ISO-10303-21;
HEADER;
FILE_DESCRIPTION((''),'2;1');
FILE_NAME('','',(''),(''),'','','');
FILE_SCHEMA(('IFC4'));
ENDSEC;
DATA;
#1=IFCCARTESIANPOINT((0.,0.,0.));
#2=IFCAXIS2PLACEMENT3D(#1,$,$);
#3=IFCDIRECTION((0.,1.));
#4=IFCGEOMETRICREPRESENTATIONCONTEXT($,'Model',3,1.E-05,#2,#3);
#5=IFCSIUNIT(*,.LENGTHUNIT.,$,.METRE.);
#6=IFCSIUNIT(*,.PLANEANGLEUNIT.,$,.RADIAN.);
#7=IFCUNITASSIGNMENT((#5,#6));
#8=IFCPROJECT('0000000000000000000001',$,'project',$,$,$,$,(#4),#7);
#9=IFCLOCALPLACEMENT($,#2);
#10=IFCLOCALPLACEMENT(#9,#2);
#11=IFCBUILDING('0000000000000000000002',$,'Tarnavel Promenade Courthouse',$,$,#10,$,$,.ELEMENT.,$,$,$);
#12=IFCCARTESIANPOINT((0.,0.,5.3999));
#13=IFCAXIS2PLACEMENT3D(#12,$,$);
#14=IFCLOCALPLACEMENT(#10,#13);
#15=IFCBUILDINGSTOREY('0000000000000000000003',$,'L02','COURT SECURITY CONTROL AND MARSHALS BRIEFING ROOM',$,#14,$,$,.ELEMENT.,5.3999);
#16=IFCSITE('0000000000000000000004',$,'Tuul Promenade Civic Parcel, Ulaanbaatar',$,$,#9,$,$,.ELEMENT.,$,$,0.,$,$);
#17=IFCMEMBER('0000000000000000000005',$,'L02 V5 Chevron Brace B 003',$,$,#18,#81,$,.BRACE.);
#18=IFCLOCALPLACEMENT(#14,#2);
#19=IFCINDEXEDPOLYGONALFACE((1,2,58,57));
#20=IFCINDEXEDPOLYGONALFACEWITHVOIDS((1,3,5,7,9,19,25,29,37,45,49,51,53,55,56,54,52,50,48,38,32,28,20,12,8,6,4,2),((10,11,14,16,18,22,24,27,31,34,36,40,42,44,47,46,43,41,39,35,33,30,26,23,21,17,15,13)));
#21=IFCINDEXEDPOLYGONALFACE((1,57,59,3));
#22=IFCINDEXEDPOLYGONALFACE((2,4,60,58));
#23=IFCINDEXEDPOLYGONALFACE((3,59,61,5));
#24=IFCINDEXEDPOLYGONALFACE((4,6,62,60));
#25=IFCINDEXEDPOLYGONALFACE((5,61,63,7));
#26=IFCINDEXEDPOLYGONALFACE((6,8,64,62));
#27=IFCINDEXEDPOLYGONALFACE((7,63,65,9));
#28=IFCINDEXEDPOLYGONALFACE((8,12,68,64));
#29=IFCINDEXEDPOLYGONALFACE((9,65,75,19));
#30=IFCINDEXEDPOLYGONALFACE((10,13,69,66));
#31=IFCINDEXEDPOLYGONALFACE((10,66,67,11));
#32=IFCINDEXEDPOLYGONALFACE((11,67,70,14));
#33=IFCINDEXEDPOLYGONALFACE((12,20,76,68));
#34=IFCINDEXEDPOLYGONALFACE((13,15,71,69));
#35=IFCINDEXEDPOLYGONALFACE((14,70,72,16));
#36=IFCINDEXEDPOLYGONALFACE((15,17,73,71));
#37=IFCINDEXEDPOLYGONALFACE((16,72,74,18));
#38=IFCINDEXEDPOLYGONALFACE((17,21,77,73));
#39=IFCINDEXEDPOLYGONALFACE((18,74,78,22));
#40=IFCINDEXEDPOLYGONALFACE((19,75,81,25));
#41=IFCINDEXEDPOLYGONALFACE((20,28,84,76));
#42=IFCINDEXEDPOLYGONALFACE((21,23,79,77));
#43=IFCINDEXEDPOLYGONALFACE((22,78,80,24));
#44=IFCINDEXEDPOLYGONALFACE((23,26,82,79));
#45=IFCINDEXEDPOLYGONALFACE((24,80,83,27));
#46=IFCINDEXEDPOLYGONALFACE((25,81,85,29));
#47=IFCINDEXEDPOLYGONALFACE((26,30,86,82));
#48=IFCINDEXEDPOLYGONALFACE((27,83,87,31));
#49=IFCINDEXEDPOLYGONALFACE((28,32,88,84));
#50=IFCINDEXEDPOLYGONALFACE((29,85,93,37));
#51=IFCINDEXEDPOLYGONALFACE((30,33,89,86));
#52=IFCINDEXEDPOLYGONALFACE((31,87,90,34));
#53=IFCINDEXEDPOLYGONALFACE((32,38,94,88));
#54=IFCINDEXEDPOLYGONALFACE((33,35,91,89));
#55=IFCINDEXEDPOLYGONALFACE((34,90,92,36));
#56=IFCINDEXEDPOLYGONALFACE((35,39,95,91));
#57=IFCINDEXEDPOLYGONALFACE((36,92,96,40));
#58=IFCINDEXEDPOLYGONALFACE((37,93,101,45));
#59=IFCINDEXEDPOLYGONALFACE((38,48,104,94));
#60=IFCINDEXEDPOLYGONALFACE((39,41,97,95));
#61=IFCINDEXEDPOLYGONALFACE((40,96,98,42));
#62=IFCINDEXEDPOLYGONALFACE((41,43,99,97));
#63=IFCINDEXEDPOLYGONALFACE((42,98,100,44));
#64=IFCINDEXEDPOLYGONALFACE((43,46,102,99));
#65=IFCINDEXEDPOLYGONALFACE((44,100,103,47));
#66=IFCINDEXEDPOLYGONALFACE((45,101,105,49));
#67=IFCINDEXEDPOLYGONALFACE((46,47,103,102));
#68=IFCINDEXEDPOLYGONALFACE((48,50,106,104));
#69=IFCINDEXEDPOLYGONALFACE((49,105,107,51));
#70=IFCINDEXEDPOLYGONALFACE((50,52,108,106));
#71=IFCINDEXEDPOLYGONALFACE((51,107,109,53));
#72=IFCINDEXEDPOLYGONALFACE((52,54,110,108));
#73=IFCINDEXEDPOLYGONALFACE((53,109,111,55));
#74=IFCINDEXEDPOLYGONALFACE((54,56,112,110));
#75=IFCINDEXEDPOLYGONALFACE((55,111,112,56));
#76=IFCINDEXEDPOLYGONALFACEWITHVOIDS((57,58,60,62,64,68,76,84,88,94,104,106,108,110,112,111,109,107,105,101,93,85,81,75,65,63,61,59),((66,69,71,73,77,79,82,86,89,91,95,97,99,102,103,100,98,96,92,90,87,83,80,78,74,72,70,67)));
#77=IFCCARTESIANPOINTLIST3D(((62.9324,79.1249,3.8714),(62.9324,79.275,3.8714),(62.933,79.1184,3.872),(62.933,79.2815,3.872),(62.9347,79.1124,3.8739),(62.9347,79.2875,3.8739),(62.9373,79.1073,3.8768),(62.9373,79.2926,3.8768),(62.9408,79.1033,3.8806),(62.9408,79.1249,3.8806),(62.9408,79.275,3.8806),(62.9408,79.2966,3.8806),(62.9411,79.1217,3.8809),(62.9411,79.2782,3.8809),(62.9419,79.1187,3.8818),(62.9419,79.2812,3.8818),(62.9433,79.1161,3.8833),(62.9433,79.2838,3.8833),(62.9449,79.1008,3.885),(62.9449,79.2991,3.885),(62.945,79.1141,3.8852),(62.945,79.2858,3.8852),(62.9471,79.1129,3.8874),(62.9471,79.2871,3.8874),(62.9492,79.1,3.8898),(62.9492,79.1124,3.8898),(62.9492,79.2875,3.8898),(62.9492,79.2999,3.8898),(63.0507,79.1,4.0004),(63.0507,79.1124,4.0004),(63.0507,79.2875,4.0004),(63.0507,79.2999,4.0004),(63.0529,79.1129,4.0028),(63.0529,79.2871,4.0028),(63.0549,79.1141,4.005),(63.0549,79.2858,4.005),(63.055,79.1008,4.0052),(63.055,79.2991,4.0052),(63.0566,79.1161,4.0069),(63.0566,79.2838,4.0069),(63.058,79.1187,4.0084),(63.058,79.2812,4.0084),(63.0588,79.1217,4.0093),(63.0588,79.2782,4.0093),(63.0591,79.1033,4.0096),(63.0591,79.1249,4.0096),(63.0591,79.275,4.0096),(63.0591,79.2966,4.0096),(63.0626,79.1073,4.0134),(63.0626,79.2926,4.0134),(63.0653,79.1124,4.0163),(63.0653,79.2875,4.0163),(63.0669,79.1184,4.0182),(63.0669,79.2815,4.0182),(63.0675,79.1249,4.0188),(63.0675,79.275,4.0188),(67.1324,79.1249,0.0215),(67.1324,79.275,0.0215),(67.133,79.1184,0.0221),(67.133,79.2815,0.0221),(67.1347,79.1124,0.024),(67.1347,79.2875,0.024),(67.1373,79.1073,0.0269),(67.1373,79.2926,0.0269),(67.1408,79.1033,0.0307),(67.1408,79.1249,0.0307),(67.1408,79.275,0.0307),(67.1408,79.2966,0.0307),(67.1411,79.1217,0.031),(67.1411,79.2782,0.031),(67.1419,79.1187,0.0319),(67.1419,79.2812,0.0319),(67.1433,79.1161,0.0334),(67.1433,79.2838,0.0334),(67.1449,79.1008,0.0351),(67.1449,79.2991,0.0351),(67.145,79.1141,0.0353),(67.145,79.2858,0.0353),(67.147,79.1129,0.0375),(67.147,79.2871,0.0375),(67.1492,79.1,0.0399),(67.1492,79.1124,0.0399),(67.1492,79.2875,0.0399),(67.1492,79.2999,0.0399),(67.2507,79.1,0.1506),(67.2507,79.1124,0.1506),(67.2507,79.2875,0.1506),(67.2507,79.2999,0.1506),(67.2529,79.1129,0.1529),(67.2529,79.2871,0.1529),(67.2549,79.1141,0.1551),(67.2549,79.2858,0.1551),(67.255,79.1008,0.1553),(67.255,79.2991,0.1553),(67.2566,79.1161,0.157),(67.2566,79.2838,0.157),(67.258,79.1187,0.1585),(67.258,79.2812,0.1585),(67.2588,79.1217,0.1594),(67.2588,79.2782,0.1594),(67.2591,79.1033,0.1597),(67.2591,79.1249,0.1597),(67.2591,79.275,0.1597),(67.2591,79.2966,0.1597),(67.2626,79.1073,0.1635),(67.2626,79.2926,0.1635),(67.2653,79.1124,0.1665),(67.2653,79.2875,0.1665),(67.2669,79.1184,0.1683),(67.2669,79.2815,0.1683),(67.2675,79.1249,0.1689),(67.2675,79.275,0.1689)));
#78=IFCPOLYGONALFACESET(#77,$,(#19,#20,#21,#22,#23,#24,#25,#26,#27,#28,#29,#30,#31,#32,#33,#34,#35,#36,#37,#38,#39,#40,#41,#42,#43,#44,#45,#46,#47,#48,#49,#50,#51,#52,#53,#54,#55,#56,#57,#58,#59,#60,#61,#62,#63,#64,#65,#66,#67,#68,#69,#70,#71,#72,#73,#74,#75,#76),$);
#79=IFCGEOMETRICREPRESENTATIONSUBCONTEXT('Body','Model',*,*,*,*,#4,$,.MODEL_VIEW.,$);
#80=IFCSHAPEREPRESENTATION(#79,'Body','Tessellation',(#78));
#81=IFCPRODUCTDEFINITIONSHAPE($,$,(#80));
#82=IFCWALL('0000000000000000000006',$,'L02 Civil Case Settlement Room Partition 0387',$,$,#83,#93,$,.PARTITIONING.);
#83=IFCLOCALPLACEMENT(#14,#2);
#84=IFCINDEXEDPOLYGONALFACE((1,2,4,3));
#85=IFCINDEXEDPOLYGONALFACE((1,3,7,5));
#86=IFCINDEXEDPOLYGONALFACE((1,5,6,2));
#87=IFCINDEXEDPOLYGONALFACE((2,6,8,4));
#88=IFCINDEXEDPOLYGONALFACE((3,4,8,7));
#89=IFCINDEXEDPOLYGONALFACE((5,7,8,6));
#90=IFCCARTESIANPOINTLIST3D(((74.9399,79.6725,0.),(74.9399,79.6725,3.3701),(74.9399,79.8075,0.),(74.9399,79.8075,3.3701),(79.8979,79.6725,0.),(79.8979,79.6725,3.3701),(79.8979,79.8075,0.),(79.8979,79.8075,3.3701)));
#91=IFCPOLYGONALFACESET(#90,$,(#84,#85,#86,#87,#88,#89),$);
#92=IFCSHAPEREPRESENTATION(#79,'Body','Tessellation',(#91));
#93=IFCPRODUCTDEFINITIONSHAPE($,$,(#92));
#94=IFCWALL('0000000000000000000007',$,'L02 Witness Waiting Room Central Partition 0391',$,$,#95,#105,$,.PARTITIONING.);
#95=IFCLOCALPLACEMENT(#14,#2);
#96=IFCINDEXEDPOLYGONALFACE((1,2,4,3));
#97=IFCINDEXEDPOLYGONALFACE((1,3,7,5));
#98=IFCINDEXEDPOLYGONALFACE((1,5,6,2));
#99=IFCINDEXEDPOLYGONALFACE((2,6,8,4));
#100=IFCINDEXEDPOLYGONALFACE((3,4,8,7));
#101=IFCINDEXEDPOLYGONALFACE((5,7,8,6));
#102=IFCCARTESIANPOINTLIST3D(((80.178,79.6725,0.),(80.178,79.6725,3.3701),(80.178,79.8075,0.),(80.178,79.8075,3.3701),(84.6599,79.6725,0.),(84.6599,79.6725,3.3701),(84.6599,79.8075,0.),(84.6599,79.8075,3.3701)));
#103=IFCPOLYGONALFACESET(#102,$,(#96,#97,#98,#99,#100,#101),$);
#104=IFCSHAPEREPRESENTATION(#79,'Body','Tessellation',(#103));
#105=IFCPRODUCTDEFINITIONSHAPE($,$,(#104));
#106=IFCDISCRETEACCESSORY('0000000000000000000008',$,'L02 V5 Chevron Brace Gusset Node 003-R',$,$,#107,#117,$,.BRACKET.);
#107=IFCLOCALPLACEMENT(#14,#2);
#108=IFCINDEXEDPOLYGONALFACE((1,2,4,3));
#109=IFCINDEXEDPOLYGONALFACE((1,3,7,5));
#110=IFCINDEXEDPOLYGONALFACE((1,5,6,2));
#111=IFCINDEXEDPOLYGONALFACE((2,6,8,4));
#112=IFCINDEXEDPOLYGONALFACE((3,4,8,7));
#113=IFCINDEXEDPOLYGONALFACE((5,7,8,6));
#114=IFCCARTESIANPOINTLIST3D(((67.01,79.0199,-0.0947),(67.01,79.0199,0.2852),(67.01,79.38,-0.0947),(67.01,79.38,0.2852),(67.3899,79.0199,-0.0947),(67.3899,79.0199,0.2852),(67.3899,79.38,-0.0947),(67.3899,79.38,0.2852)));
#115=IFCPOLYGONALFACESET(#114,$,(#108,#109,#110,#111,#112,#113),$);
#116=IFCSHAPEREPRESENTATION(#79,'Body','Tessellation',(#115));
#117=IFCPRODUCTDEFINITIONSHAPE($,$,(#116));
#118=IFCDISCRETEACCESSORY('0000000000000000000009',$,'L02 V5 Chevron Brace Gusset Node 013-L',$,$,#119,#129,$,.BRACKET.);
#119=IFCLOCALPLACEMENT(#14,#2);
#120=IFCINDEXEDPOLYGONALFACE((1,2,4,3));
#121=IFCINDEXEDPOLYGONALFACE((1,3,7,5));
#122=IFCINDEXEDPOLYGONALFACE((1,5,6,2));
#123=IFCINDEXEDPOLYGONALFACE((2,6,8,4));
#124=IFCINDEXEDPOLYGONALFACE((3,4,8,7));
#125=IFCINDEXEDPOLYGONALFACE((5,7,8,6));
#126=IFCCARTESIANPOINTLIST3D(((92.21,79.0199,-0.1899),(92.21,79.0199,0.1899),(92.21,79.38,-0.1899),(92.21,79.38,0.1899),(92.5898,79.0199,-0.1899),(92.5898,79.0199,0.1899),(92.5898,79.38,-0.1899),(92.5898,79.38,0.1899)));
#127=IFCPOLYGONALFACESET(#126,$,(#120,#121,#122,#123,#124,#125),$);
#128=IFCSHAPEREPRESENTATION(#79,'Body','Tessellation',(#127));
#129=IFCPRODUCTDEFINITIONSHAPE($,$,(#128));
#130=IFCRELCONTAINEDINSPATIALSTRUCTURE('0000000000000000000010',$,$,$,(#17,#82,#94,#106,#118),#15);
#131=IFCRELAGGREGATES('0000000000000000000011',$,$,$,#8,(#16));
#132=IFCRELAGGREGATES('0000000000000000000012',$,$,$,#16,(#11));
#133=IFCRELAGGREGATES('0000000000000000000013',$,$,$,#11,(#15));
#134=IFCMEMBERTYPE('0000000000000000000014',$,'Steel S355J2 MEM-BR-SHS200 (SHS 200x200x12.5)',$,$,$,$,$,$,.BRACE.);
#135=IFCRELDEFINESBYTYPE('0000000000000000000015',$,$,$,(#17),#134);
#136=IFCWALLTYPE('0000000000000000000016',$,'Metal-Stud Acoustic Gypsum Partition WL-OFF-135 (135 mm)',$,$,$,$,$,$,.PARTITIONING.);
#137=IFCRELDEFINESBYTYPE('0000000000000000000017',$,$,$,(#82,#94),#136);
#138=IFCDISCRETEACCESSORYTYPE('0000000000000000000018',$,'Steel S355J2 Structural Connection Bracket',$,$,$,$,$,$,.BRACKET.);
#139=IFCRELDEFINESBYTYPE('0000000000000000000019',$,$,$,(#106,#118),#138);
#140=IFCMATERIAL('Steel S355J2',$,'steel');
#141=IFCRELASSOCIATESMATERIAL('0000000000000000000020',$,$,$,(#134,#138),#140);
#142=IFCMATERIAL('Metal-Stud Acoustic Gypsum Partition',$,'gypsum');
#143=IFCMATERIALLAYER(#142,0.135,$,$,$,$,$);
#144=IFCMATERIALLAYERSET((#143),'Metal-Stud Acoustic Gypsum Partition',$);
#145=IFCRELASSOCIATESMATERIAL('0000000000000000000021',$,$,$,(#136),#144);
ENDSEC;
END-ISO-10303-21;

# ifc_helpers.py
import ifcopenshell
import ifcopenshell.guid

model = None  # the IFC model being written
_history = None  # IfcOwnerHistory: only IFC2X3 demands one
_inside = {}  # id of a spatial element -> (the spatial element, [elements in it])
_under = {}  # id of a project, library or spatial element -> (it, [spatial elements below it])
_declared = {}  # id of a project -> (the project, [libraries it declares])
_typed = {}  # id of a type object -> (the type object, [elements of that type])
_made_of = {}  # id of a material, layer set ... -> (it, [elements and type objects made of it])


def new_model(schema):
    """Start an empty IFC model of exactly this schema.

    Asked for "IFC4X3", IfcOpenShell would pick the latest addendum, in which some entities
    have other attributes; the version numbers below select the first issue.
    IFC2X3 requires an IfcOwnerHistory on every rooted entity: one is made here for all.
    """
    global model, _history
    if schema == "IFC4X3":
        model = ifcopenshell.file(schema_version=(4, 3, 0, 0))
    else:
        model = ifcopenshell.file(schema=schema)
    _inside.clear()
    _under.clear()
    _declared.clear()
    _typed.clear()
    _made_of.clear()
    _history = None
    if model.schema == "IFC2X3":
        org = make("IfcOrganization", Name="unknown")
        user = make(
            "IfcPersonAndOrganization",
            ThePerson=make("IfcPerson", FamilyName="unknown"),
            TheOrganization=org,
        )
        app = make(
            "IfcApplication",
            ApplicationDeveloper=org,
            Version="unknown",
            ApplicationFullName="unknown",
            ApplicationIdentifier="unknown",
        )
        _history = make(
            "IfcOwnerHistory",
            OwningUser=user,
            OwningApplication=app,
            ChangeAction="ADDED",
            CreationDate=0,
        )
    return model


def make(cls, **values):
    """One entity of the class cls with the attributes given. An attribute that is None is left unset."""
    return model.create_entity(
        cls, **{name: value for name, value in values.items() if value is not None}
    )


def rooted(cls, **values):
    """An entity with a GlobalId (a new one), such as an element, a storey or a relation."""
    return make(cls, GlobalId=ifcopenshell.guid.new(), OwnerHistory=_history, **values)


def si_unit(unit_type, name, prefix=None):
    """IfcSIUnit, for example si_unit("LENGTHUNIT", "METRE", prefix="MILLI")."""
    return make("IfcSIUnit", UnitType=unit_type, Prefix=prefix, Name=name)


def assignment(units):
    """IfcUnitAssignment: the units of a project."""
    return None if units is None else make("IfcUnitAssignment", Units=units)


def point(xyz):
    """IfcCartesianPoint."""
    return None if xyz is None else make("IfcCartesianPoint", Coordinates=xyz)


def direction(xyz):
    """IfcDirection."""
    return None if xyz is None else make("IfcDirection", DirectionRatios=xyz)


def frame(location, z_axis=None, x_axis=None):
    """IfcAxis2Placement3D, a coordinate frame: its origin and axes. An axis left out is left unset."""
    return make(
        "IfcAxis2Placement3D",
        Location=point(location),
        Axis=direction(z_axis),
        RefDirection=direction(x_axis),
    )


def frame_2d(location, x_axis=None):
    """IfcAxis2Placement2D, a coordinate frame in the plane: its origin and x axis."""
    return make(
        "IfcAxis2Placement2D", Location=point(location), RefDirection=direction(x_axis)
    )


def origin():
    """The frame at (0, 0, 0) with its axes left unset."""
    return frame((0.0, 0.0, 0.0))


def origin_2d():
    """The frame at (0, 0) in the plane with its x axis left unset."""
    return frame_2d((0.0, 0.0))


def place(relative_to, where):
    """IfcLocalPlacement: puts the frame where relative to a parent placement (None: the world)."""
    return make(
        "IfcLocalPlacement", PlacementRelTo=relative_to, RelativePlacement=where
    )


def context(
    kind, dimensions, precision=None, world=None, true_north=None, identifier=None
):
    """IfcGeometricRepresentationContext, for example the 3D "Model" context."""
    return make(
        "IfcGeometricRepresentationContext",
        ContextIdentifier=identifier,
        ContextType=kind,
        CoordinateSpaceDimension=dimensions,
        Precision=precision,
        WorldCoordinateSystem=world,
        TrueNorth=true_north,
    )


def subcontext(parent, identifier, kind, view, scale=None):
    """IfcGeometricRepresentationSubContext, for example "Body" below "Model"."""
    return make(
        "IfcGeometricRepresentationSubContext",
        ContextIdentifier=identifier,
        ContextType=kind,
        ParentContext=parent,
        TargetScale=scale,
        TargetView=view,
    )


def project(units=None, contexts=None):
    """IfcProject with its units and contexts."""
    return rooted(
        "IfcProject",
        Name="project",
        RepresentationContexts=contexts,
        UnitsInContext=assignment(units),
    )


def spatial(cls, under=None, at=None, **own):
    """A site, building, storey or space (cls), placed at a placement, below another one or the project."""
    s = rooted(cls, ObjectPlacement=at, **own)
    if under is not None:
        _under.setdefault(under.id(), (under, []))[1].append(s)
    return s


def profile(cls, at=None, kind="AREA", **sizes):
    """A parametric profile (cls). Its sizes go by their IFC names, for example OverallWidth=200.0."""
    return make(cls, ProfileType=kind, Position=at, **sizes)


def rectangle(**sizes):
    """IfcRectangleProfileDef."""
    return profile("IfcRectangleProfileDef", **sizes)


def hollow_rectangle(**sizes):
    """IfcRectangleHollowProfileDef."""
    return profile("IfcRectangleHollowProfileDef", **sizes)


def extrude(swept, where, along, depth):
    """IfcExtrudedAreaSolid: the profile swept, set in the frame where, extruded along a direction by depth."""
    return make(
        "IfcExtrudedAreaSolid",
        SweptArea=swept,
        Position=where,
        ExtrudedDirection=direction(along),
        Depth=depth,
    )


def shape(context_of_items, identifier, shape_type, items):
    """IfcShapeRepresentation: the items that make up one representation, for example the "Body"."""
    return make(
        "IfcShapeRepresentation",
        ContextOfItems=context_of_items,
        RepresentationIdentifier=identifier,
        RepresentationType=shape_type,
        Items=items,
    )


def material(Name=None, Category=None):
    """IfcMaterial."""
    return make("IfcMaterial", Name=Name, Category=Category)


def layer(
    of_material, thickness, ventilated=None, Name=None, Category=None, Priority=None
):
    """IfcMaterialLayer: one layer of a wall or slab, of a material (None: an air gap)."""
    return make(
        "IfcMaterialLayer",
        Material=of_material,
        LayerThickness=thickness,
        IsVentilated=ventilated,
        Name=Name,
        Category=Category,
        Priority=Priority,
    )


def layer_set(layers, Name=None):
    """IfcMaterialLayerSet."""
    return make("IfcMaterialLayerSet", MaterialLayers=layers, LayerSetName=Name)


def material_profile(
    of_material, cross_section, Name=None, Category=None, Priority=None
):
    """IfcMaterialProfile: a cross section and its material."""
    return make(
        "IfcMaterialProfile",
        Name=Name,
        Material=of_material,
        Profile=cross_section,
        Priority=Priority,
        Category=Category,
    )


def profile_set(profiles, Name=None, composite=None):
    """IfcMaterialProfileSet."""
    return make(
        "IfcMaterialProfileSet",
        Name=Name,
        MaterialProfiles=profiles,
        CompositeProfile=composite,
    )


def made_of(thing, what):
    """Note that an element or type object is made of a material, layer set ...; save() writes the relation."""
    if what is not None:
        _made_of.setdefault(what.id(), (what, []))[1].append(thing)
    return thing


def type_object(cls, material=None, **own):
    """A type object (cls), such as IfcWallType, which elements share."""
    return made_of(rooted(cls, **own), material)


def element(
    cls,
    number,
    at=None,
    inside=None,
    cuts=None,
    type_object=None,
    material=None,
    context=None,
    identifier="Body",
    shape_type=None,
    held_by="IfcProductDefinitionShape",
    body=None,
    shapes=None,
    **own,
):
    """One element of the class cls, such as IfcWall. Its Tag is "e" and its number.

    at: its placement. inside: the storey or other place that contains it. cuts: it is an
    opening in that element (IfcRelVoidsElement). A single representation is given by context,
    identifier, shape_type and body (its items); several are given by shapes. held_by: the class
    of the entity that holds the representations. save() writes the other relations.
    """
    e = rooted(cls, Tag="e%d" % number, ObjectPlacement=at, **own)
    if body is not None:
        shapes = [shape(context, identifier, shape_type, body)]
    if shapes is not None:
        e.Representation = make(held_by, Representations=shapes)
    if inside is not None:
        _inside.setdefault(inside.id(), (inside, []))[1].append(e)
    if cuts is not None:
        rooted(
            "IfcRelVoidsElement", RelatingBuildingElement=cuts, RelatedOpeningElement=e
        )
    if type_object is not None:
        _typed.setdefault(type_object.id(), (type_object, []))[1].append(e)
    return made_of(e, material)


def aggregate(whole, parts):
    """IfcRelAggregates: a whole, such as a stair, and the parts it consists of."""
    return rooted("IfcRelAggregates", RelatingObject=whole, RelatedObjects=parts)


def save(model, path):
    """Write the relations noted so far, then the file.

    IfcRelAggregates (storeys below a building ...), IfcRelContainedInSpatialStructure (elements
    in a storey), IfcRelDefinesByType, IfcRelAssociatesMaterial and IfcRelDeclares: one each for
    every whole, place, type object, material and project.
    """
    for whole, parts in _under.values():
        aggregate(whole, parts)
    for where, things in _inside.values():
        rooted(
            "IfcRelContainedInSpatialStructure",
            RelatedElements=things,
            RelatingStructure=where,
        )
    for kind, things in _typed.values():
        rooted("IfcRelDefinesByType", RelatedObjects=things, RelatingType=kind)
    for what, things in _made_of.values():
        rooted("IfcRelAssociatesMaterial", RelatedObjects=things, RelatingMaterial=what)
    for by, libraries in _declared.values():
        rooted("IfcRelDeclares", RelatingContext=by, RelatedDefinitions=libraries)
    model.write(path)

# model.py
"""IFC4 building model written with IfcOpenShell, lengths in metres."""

from ifc_helpers import new_model, si_unit, direction, frame, frame_2d, origin, origin_2d, place, context, subcontext, project, spatial, rectangle, hollow_rectangle, extrude, material, layer, layer_set, material_profile, profile_set, type_object, element, save


model = new_model("IFC4")

# Units and contexts
model_context = context("Model", 3, precision=1e-05, world=origin(), true_north=direction((0.0, 1.0)))
body_context = subcontext(model_context, "Body", "Model", "MODEL_VIEW")
ifc_project = project(units=[si_unit("LENGTHUNIT", "METRE"), si_unit("PLANEANGLEUNIT", "RADIAN")], contexts=[model_context])

# Site, building, storey
site_placement = place(None, origin())
site = spatial("IfcSite", under=ifc_project, at=site_placement, Name="Tuul Promenade Civic Parcel, Ulaanbaatar", CompositionType="ELEMENT", RefElevation=0.0)
building_placement = place(site_placement, origin())
building = spatial("IfcBuilding", under=site, at=building_placement, Name="Tarnavel Promenade Courthouse", CompositionType="ELEMENT")
storey_placement = place(building_placement, frame((0.0, 0.0, 5.3999)))
storey = spatial("IfcBuildingStorey", under=building, at=storey_placement, Name="L02", Description="COURT SECURITY CONTROL AND MARSHALS BRIEFING ROOM", CompositionType="ELEMENT", Elevation=5.3999)

# Shared definitions
ifc_material_1 = material(Name="Steel S355J2", Category="steel")

# Member
ifc_material_profile_1 = material_profile(ifc_material_1, hollow_rectangle(XDim=0.2, YDim=0.2, WallThickness=0.0125, InnerFilletRadius=0.0125, OuterFilletRadius=0.0249, at=origin_2d()), Name="SHS 200x200x12.5")
ifc_profile_set_1 = profile_set([ifc_material_profile_1], Name="Steel S355J2")
member_type_1 = type_object("IfcMemberType", Name="Steel S355J2 MEM-BR-SHS200 (SHS 200x200x12.5)", PredefinedType="BRACE", material=ifc_profile_set_1)
member_1_placement = place(storey_placement, frame((67.2, 79.2, 0.0952), z_axis=(-0.737163, 0.0, 0.675715), x_axis=(0.0, -1.0, 0.0)))
element("IfcMember", 1, at=member_1_placement, inside=storey, type_object=member_type_1, Name="L02 V5 Chevron Brace B 003", PredefinedType="BRACE", context=body_context, shape_type="SweptSolid", body=[
    extrude(hollow_rectangle(XDim=0.2, YDim=0.2, WallThickness=0.0125, InnerFilletRadius=0.0125, OuterFilletRadius=0.0249, at=origin_2d()), origin(), (0.0, 0.0, 1.0), 5.6975),
])

# Walls
ifc_material_2 = material(Name="Metal-Stud Acoustic Gypsum Partition", Category="gypsum")
ifc_layer = layer(ifc_material_2, 0.135)
ifc_layer_set = layer_set([ifc_layer], Name="Metal-Stud Acoustic Gypsum Partition")
wall_type = type_object("IfcWallType", Name="Metal-Stud Acoustic Gypsum Partition WL-OFF-135 (135 mm)", PredefinedType="PARTITIONING", material=ifc_layer_set)
wall_1_placement = place(storey_placement, frame((79.8979, 79.74, 0.0), z_axis=(0.0, 0.0, 1.0), x_axis=(-1.0, 0.0, 0.0)))
element("IfcWall", 2, at=wall_1_placement, inside=storey, type_object=wall_type, Name="L02 Civil Case Settlement Room Partition 0387", PredefinedType="PARTITIONING", context=body_context, shape_type="SweptSolid", body=[
    extrude(rectangle(XDim=4.958, YDim=0.135, at=frame_2d((2.479, 0.0))), origin(), (0.0, 0.0, 1.0), 3.3701),
])
wall_2_placement = place(storey_placement, frame((84.6599, 79.74, 0.0), z_axis=(0.0, 0.0, 1.0), x_axis=(-1.0, 0.0, 0.0)))
element("IfcWall", 3, at=wall_2_placement, inside=storey, type_object=wall_type, Name="L02 Witness Waiting Room Central Partition 0391", PredefinedType="PARTITIONING", context=body_context, shape_type="SweptSolid", body=[
    extrude(rectangle(XDim=4.4819, YDim=0.135, at=frame_2d((2.241, 0.0))), origin(), (0.0, 0.0, 1.0), 3.3701),
])

# Discrete accessories
discrete_accessory_type = type_object("IfcDiscreteAccessoryType", Name="Steel S355J2 Structural Connection Bracket", PredefinedType="BRACKET", material=ifc_material_1)
for number, where, z_axis, x_axis, name in (
    (4, (67.2, 79.2, -0.0947), (0.0, 0.0, 1.0), (1.0, 0.0, 0.0), "L02 V5 Chevron Brace Gusset Node 003-R"),
    (5, (92.3999, 79.2, -0.1899), (0.0, 0.0, 1.0), (1.0, 0.0, 0.0), "L02 V5 Chevron Brace Gusset Node 013-L"),
):
    element("IfcDiscreteAccessory", number, at=place(storey_placement, frame(where, z_axis=z_axis, x_axis=x_axis)), inside=storey, type_object=discrete_accessory_type, Name=name, PredefinedType="BRACKET", context=body_context, shape_type="SweptSolid", body=[
        extrude(rectangle(XDim=0.3799, YDim=0.3601, at=origin_2d()), origin(), (0.0, 0.0, 1.0), 0.3799),
    ])

save(model, "model.ifc")
